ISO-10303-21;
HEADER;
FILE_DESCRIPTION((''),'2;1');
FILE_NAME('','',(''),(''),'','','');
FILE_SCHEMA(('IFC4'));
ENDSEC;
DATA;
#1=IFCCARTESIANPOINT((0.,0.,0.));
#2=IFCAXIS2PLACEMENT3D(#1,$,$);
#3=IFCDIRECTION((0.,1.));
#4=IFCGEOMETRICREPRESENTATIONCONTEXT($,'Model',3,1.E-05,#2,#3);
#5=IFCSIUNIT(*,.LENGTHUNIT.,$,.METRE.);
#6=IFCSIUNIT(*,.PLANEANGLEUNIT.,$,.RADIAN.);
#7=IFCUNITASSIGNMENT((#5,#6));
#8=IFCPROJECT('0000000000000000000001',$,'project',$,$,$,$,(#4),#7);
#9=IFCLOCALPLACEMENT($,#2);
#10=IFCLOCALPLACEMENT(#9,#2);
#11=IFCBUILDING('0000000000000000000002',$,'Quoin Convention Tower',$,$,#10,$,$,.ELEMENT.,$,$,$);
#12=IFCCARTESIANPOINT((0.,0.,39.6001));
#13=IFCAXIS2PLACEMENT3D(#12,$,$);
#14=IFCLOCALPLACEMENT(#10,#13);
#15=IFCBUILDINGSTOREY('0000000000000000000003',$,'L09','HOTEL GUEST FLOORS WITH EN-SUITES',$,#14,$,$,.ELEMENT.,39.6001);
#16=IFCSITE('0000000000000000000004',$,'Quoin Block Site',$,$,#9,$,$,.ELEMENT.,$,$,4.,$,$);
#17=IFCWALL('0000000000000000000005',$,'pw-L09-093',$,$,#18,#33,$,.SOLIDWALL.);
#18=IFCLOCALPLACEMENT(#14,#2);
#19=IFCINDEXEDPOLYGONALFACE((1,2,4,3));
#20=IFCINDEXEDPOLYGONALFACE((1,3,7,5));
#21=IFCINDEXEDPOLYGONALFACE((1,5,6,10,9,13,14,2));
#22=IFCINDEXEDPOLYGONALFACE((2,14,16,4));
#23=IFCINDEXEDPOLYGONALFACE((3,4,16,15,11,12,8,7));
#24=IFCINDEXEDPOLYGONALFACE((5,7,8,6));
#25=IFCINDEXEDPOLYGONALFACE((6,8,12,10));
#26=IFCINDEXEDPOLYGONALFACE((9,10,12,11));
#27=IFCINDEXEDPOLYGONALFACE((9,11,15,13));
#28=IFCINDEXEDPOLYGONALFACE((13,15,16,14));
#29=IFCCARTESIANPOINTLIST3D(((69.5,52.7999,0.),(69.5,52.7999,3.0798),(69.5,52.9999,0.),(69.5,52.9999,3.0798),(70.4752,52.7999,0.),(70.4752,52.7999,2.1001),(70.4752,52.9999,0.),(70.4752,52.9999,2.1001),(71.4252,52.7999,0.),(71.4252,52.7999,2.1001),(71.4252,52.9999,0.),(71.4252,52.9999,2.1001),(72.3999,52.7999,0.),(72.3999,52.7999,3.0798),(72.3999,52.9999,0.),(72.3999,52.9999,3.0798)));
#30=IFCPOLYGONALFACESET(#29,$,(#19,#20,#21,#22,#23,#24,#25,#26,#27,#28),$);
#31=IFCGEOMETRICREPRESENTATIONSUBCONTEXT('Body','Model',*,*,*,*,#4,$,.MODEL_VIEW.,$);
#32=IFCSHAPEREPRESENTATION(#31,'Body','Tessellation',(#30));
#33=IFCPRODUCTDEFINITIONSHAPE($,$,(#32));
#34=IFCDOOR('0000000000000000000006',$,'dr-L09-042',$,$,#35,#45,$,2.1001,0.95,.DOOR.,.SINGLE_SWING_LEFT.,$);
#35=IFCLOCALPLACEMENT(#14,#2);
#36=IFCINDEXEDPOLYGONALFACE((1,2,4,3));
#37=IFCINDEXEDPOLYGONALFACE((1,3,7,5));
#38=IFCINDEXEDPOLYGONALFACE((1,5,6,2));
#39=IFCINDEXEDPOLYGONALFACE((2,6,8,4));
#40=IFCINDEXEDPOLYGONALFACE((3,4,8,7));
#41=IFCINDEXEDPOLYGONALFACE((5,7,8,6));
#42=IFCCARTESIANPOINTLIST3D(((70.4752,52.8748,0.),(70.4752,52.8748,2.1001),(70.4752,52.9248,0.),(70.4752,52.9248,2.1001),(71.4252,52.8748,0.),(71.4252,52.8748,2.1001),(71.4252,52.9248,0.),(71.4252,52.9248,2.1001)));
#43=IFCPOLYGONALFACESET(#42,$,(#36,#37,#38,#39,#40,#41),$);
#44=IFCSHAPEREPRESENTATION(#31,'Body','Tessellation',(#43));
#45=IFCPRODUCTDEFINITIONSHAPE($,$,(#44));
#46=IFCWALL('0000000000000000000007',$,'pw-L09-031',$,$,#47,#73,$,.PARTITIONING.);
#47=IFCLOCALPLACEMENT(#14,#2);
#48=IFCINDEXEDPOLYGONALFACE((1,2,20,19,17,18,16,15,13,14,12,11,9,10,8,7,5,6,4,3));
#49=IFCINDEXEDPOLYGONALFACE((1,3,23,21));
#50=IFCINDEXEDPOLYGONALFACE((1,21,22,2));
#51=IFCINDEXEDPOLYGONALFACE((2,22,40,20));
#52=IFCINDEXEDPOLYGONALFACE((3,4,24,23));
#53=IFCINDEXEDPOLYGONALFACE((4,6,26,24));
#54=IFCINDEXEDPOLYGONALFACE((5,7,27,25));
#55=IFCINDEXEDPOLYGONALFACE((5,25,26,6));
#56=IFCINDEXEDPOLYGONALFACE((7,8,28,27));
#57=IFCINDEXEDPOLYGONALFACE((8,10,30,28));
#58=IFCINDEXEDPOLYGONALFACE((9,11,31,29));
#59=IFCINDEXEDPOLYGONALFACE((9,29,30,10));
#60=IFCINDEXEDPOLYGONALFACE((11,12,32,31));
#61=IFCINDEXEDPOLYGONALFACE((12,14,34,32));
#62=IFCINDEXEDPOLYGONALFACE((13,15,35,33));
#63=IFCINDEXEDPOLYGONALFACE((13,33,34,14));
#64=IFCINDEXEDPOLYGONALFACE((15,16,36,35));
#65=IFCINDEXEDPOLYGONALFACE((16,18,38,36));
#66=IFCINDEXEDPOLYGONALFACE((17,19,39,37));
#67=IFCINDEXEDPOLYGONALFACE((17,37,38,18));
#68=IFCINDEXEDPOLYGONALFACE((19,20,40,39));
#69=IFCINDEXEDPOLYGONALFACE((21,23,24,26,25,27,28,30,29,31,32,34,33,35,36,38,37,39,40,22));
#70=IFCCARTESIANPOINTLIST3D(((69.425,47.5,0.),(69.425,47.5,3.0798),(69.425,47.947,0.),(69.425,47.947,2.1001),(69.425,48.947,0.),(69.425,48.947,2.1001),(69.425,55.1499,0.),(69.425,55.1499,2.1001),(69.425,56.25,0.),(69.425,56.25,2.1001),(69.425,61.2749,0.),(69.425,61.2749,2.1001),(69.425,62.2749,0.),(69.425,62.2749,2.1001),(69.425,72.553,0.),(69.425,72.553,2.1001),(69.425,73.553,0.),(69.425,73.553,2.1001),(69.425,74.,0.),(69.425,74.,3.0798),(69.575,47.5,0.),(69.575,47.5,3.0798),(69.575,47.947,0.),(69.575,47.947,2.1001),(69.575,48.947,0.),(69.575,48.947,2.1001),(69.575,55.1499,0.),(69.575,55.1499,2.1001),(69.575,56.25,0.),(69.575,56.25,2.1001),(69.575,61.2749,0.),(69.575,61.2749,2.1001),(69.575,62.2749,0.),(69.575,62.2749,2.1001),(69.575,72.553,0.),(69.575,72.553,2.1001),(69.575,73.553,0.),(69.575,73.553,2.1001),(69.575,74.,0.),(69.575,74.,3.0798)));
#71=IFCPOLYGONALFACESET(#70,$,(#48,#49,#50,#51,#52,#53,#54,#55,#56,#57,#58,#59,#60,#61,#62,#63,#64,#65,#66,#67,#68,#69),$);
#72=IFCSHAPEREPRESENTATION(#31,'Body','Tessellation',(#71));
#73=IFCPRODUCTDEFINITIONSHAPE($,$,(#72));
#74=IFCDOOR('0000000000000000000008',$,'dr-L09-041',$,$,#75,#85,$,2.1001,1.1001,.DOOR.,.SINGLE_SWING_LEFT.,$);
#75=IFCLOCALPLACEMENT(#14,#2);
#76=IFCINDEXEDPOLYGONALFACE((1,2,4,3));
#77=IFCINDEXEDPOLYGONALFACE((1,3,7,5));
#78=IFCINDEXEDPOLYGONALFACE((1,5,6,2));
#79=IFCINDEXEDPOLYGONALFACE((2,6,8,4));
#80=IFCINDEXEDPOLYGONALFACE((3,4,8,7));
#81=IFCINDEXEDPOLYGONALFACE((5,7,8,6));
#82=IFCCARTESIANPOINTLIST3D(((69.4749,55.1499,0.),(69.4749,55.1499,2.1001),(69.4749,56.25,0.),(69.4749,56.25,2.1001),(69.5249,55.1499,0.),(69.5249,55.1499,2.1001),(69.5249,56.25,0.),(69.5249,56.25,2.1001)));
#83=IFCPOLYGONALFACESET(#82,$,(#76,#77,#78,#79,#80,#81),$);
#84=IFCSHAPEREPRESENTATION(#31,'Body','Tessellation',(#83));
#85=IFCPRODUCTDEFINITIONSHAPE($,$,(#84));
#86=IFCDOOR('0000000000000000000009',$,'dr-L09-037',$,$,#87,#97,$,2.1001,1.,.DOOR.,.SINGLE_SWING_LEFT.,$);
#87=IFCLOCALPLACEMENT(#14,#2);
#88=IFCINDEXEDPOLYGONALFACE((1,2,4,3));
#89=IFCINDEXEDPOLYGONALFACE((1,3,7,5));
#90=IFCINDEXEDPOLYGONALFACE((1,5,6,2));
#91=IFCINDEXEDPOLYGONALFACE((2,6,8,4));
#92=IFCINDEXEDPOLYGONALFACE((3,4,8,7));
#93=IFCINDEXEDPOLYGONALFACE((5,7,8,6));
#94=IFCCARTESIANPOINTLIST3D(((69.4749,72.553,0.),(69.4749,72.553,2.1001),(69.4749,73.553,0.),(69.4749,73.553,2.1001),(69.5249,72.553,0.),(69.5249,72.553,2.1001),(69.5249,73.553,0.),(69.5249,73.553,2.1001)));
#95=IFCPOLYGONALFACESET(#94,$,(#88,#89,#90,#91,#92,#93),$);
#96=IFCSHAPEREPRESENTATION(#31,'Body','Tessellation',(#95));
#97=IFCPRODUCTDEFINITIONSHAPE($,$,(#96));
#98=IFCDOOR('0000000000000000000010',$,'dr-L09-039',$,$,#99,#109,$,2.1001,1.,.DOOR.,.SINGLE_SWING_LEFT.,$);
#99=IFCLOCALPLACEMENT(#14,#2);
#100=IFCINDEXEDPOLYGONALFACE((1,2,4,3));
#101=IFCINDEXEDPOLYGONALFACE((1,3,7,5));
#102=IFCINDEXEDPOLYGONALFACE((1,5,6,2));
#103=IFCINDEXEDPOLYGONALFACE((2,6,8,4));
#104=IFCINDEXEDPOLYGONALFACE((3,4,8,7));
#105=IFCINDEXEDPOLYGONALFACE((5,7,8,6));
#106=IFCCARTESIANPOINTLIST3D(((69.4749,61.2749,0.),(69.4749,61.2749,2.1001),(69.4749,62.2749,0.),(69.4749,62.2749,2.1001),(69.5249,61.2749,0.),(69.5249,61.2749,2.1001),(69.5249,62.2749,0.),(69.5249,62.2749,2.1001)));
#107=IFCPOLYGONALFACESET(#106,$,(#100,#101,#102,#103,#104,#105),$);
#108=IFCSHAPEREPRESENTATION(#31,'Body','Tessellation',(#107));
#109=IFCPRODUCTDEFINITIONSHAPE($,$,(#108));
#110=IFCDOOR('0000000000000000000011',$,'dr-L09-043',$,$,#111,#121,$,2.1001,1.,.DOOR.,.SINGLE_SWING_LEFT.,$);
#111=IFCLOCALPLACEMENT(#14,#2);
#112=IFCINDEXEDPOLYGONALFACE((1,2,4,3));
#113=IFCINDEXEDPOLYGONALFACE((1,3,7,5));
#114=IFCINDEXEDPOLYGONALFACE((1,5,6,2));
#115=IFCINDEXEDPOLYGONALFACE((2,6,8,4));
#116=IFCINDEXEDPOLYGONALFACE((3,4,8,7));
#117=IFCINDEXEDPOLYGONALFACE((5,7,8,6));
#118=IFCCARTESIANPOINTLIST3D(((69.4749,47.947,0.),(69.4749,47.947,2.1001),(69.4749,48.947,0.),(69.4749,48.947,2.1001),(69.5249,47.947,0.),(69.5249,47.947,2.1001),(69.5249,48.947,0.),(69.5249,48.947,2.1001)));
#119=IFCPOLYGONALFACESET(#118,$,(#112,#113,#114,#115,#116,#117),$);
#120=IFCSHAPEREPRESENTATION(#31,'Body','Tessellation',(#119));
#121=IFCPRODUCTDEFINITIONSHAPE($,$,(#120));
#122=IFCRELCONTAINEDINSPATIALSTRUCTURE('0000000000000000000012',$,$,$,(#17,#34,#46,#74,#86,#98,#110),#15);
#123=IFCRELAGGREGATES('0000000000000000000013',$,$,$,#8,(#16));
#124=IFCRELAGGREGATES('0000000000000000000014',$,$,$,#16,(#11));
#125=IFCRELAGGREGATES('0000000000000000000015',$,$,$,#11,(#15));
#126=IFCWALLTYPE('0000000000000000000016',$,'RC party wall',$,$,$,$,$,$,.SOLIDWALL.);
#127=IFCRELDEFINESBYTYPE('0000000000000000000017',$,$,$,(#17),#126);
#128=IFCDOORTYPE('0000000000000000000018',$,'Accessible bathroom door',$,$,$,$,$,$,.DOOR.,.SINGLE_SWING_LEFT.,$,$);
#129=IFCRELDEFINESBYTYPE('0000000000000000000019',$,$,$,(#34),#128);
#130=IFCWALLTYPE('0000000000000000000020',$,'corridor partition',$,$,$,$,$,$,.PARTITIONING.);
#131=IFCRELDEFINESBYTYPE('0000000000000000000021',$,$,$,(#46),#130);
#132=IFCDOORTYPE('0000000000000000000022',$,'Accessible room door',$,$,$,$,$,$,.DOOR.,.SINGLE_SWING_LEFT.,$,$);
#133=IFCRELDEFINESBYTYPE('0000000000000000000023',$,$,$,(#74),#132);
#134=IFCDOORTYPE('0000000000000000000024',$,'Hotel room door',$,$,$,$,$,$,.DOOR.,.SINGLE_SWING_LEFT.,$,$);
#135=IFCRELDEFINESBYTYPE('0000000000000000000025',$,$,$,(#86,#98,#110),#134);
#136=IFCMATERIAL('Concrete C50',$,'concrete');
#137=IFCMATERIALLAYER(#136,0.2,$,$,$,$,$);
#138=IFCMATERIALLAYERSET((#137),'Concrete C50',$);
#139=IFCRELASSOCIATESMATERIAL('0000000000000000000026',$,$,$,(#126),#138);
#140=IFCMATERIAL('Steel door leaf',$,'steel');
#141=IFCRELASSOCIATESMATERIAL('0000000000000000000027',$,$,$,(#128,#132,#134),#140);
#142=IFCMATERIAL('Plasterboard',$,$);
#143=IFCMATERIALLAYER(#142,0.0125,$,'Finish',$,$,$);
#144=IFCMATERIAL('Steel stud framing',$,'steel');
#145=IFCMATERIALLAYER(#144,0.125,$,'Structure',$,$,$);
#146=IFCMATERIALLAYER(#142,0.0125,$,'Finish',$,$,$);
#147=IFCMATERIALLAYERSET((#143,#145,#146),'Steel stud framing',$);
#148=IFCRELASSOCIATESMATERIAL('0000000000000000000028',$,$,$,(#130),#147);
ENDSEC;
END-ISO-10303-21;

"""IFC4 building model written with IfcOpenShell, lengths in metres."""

from ifc_helpers import new_model, si_unit, direction, frame, frame_2d, origin, place, context, subcontext, project, spatial, rectangle, extrude, material, layer, layer_set, type_object, element, fill, save


model = new_model("IFC4")

# Units and contexts
model_context = context("Model", 3, precision=1e-05, world=origin(), true_north=direction((0.0, 1.0)))
body_context = subcontext(model_context, "Body", "Model", "MODEL_VIEW")
ifc_project = project(units=[si_unit("LENGTHUNIT", "METRE"), si_unit("PLANEANGLEUNIT", "RADIAN")], contexts=[model_context])

# Site, building, storey
site_placement = place(None, origin())
site = spatial("IfcSite", under=ifc_project, at=site_placement, Name="Quoin Block Site", CompositionType="ELEMENT", RefElevation=4.0)
building_placement = place(site_placement, origin())
building = spatial("IfcBuilding", under=site, at=building_placement, Name="Quoin Convention Tower", CompositionType="ELEMENT")
storey_placement = place(building_placement, frame((0.0, 0.0, 39.6001)))
storey = spatial("IfcBuildingStorey", under=building, at=storey_placement, Name="L09", Description="HOTEL GUEST FLOORS WITH EN-SUITES", CompositionType="ELEMENT", Elevation=39.6001)

# Shared definitions
ifc_material_1 = material(Name="Plasterboard")
ifc_material_2 = material(Name="Steel stud framing", Category="steel")
ifc_material_3 = material(Name="Steel door leaf", Category="steel")

# Shared definitions
ifc_material_4 = material(Name="Concrete C50", Category="concrete")

# Shared definitions
ifc_layer_1 = layer(ifc_material_4, 0.2)
ifc_layer_set_1 = layer_set([ifc_layer_1], Name="Concrete C50")
wall_type_1 = type_object("IfcWallType", Name="RC party wall", PredefinedType="SOLIDWALL", material=ifc_layer_set_1)

# Wall, opening, door
wall_1_placement = place(storey_placement, frame((69.5, 52.8999, 0.0), z_axis=(0.0, 0.0, 1.0), x_axis=(1.0, 0.0, 0.0)))
wall_1 = element("IfcWall", 1, at=wall_1_placement, inside=storey, type_object=wall_type_1, Name="pw-L09-093", PredefinedType="SOLIDWALL", context=body_context, shape_type="SweptSolid", body=[
    extrude(rectangle(XDim=2.8999, YDim=0.2, at=frame_2d((1.45, 0.0))), origin(), (0.0, 0.0, 1.0), 3.0798),
])
opening_1_placement = place(wall_1_placement, frame((0.9751, 0.0, 0.0)))
opening_1 = element("IfcOpeningElement", 2, at=opening_1_placement, cuts=wall_1, PredefinedType="OPENING", context=body_context, shape_type="SweptSolid", body=[
    extrude(rectangle(XDim=0.95, YDim=2.1001, at=frame_2d((0.4751, 1.05))), frame((0.0, 0.1099, 0.0), z_axis=(0.0, -1.0, 0.0), x_axis=(1.0, 0.0, 0.0)), (0.0, 0.0, 1.0), 0.22),
])
door_type_1 = type_object("IfcDoorType", Name="Accessible bathroom door", OperationType="SINGLE_SWING_LEFT", PredefinedType="DOOR", material=ifc_material_3)
door_1_placement = place(opening_1_placement, origin())
door_1 = element("IfcDoor", 3, at=door_1_placement, inside=storey, type_object=door_type_1, Name="dr-L09-042", OperationType="SINGLE_SWING_LEFT", OverallHeight=2.1001, OverallWidth=0.95, PredefinedType="DOOR", context=body_context, shape_type="SweptSolid", body=[
    extrude(rectangle(XDim=0.95, YDim=2.1001, at=frame_2d((0.4751, 1.05))), frame((0.0, 0.0249, 0.0), z_axis=(0.0, -1.0, 0.0), x_axis=(1.0, 0.0, 0.0)), (0.0, 0.0, 1.0), 0.05),
])
fill(opening_1, door_1)

# Wall, openings, doors
ifc_layer_2 = layer(ifc_material_1, 0.0125, Name="Finish")
ifc_layer_3 = layer(ifc_material_2, 0.125, Name="Structure")
ifc_layer_4 = layer(ifc_material_1, 0.0125, Name="Finish")
ifc_layer_set_2 = layer_set([ifc_layer_2, ifc_layer_3, ifc_layer_4], Name="Steel stud framing")
wall_type_2 = type_object("IfcWallType", Name="corridor partition", PredefinedType="PARTITIONING", material=ifc_layer_set_2)
wall_2_placement = place(storey_placement, frame((69.5, 47.5, 0.0), z_axis=(0.0, 0.0, 1.0), x_axis=(0.0, 1.0, 0.0)))
wall_2 = element("IfcWall", 4, at=wall_2_placement, inside=storey, type_object=wall_type_2, Name="pw-L09-031", PredefinedType="PARTITIONING", context=body_context, shape_type="SweptSolid", body=[
    extrude(rectangle(XDim=26.5, YDim=0.1499, at=frame_2d((13.25, 0.0))), origin(), (0.0, 0.0, 1.0), 3.0798),
])
opening_2_placement = place(wall_2_placement, frame((25.053, 0.0, 0.0)))
opening_2 = element("IfcOpeningElement", 5, at=opening_2_placement, cuts=wall_2, PredefinedType="OPENING", context=body_context, shape_type="SweptSolid", body=[
    extrude(rectangle(XDim=1.0, YDim=2.1001, at=frame_2d((0.5, 1.05))), frame((0.0, 0.085, 0.0), z_axis=(0.0, -1.0, 0.0), x_axis=(1.0, 0.0, 0.0)), (0.0, 0.0, 1.0), 0.1699),
])
opening_3_placement = place(wall_2_placement, frame((13.7749, 0.0, 0.0)))
opening_3 = element("IfcOpeningElement", 6, at=opening_3_placement, cuts=wall_2, PredefinedType="OPENING", context=body_context, shape_type="SweptSolid", body=[
    extrude(rectangle(XDim=1.0, YDim=2.1001, at=frame_2d((0.5, 1.05))), frame((0.0, 0.085, 0.0), z_axis=(0.0, -1.0, 0.0), x_axis=(1.0, 0.0, 0.0)), (0.0, 0.0, 1.0), 0.1699),
])
opening_4_placement = place(wall_2_placement, frame((7.6499, 0.0, 0.0)))
opening_4 = element("IfcOpeningElement", 7, at=opening_4_placement, cuts=wall_2, PredefinedType="OPENING", context=body_context, shape_type="SweptSolid", body=[
    extrude(rectangle(XDim=1.1001, YDim=2.1001, at=frame_2d((0.55, 1.05))), frame((0.0, 0.085, 0.0), z_axis=(0.0, -1.0, 0.0), x_axis=(1.0, 0.0, 0.0)), (0.0, 0.0, 1.0), 0.1699),
])
opening_5_placement = place(wall_2_placement, frame((0.447, 0.0, 0.0)))
opening_5 = element("IfcOpeningElement", 8, at=opening_5_placement, cuts=wall_2, PredefinedType="OPENING", context=body_context, shape_type="SweptSolid", body=[
    extrude(rectangle(XDim=1.0, YDim=2.1001, at=frame_2d((0.5, 1.05))), frame((0.0, 0.085, 0.0), z_axis=(0.0, -1.0, 0.0), x_axis=(1.0, 0.0, 0.0)), (0.0, 0.0, 1.0), 0.1699),
])
door_type_2 = type_object("IfcDoorType", Name="Accessible room door", OperationType="SINGLE_SWING_LEFT", PredefinedType="DOOR", material=ifc_material_3)
door_2_placement = place(opening_4_placement, frame((1.1001, 0.0, 0.0), z_axis=(0.0, 0.0, 1.0), x_axis=(-1.0, 0.0, 0.0)))
door_2 = element("IfcDoor", 9, at=door_2_placement, inside=storey, type_object=door_type_2, Name="dr-L09-041", OperationType="SINGLE_SWING_LEFT", OverallHeight=2.1001, OverallWidth=1.1001, PredefinedType="DOOR", context=body_context, shape_type="SweptSolid", body=[
    extrude(rectangle(XDim=1.1001, YDim=2.1001, at=frame_2d((0.55, 1.05))), frame((0.0, 0.0249, 0.0), z_axis=(0.0, -1.0, 0.0), x_axis=(1.0, 0.0, 0.0)), (0.0, 0.0, 1.0), 0.05),
])
fill(opening_4, door_2)
door_type_3 = type_object("IfcDoorType", Name="Hotel room door", OperationType="SINGLE_SWING_LEFT", PredefinedType="DOOR", material=ifc_material_3)
door_3_placement = place(opening_2_placement, frame((1.0, 0.0, 0.0), z_axis=(0.0, 0.0, 1.0), x_axis=(-1.0, 0.0, 0.0)))
door_3 = element("IfcDoor", 10, at=door_3_placement, inside=storey, type_object=door_type_3, Name="dr-L09-037", OperationType="SINGLE_SWING_LEFT", OverallHeight=2.1001, OverallWidth=1.0, PredefinedType="DOOR", context=body_context, shape_type="SweptSolid", body=[
    extrude(rectangle(XDim=1.0, YDim=2.1001, at=frame_2d((0.5, 1.05))), frame((0.0, 0.0249, 0.0), z_axis=(0.0, -1.0, 0.0), x_axis=(1.0, 0.0, 0.0)), (0.0, 0.0, 1.0), 0.05),
])
fill(opening_2, door_3)
door_4_placement = place(opening_3_placement, frame((1.0, 0.0, 0.0), z_axis=(0.0, 0.0, 1.0), x_axis=(-1.0, 0.0, 0.0)))
door_4 = element("IfcDoor", 11, at=door_4_placement, inside=storey, type_object=door_type_3, Name="dr-L09-039", OperationType="SINGLE_SWING_LEFT", OverallHeight=2.1001, OverallWidth=1.0, PredefinedType="DOOR", context=body_context, shape_type="SweptSolid", body=[
    extrude(rectangle(XDim=1.0, YDim=2.1001, at=frame_2d((0.5, 1.05))), frame((0.0, 0.0249, 0.0), z_axis=(0.0, -1.0, 0.0), x_axis=(1.0, 0.0, 0.0)), (0.0, 0.0, 1.0), 0.05),
])
fill(opening_3, door_4)
door_5_placement = place(opening_5_placement, frame((1.0, 0.0, 0.0), z_axis=(0.0, 0.0, 1.0), x_axis=(-1.0, 0.0, 0.0)))
door_5 = element("IfcDoor", 12, at=door_5_placement, inside=storey, type_object=door_type_3, Name="dr-L09-043", OperationType="SINGLE_SWING_LEFT", OverallHeight=2.1001, OverallWidth=1.0, PredefinedType="DOOR", context=body_context, shape_type="SweptSolid", body=[
    extrude(rectangle(XDim=1.0, YDim=2.1001, at=frame_2d((0.5, 1.05))), frame((0.0, 0.0249, 0.0), z_axis=(0.0, -1.0, 0.0), x_axis=(1.0, 0.0, 0.0)), (0.0, 0.0, 1.0), 0.05),
])
fill(opening_5, door_5)

save(model, "model.ifc")
